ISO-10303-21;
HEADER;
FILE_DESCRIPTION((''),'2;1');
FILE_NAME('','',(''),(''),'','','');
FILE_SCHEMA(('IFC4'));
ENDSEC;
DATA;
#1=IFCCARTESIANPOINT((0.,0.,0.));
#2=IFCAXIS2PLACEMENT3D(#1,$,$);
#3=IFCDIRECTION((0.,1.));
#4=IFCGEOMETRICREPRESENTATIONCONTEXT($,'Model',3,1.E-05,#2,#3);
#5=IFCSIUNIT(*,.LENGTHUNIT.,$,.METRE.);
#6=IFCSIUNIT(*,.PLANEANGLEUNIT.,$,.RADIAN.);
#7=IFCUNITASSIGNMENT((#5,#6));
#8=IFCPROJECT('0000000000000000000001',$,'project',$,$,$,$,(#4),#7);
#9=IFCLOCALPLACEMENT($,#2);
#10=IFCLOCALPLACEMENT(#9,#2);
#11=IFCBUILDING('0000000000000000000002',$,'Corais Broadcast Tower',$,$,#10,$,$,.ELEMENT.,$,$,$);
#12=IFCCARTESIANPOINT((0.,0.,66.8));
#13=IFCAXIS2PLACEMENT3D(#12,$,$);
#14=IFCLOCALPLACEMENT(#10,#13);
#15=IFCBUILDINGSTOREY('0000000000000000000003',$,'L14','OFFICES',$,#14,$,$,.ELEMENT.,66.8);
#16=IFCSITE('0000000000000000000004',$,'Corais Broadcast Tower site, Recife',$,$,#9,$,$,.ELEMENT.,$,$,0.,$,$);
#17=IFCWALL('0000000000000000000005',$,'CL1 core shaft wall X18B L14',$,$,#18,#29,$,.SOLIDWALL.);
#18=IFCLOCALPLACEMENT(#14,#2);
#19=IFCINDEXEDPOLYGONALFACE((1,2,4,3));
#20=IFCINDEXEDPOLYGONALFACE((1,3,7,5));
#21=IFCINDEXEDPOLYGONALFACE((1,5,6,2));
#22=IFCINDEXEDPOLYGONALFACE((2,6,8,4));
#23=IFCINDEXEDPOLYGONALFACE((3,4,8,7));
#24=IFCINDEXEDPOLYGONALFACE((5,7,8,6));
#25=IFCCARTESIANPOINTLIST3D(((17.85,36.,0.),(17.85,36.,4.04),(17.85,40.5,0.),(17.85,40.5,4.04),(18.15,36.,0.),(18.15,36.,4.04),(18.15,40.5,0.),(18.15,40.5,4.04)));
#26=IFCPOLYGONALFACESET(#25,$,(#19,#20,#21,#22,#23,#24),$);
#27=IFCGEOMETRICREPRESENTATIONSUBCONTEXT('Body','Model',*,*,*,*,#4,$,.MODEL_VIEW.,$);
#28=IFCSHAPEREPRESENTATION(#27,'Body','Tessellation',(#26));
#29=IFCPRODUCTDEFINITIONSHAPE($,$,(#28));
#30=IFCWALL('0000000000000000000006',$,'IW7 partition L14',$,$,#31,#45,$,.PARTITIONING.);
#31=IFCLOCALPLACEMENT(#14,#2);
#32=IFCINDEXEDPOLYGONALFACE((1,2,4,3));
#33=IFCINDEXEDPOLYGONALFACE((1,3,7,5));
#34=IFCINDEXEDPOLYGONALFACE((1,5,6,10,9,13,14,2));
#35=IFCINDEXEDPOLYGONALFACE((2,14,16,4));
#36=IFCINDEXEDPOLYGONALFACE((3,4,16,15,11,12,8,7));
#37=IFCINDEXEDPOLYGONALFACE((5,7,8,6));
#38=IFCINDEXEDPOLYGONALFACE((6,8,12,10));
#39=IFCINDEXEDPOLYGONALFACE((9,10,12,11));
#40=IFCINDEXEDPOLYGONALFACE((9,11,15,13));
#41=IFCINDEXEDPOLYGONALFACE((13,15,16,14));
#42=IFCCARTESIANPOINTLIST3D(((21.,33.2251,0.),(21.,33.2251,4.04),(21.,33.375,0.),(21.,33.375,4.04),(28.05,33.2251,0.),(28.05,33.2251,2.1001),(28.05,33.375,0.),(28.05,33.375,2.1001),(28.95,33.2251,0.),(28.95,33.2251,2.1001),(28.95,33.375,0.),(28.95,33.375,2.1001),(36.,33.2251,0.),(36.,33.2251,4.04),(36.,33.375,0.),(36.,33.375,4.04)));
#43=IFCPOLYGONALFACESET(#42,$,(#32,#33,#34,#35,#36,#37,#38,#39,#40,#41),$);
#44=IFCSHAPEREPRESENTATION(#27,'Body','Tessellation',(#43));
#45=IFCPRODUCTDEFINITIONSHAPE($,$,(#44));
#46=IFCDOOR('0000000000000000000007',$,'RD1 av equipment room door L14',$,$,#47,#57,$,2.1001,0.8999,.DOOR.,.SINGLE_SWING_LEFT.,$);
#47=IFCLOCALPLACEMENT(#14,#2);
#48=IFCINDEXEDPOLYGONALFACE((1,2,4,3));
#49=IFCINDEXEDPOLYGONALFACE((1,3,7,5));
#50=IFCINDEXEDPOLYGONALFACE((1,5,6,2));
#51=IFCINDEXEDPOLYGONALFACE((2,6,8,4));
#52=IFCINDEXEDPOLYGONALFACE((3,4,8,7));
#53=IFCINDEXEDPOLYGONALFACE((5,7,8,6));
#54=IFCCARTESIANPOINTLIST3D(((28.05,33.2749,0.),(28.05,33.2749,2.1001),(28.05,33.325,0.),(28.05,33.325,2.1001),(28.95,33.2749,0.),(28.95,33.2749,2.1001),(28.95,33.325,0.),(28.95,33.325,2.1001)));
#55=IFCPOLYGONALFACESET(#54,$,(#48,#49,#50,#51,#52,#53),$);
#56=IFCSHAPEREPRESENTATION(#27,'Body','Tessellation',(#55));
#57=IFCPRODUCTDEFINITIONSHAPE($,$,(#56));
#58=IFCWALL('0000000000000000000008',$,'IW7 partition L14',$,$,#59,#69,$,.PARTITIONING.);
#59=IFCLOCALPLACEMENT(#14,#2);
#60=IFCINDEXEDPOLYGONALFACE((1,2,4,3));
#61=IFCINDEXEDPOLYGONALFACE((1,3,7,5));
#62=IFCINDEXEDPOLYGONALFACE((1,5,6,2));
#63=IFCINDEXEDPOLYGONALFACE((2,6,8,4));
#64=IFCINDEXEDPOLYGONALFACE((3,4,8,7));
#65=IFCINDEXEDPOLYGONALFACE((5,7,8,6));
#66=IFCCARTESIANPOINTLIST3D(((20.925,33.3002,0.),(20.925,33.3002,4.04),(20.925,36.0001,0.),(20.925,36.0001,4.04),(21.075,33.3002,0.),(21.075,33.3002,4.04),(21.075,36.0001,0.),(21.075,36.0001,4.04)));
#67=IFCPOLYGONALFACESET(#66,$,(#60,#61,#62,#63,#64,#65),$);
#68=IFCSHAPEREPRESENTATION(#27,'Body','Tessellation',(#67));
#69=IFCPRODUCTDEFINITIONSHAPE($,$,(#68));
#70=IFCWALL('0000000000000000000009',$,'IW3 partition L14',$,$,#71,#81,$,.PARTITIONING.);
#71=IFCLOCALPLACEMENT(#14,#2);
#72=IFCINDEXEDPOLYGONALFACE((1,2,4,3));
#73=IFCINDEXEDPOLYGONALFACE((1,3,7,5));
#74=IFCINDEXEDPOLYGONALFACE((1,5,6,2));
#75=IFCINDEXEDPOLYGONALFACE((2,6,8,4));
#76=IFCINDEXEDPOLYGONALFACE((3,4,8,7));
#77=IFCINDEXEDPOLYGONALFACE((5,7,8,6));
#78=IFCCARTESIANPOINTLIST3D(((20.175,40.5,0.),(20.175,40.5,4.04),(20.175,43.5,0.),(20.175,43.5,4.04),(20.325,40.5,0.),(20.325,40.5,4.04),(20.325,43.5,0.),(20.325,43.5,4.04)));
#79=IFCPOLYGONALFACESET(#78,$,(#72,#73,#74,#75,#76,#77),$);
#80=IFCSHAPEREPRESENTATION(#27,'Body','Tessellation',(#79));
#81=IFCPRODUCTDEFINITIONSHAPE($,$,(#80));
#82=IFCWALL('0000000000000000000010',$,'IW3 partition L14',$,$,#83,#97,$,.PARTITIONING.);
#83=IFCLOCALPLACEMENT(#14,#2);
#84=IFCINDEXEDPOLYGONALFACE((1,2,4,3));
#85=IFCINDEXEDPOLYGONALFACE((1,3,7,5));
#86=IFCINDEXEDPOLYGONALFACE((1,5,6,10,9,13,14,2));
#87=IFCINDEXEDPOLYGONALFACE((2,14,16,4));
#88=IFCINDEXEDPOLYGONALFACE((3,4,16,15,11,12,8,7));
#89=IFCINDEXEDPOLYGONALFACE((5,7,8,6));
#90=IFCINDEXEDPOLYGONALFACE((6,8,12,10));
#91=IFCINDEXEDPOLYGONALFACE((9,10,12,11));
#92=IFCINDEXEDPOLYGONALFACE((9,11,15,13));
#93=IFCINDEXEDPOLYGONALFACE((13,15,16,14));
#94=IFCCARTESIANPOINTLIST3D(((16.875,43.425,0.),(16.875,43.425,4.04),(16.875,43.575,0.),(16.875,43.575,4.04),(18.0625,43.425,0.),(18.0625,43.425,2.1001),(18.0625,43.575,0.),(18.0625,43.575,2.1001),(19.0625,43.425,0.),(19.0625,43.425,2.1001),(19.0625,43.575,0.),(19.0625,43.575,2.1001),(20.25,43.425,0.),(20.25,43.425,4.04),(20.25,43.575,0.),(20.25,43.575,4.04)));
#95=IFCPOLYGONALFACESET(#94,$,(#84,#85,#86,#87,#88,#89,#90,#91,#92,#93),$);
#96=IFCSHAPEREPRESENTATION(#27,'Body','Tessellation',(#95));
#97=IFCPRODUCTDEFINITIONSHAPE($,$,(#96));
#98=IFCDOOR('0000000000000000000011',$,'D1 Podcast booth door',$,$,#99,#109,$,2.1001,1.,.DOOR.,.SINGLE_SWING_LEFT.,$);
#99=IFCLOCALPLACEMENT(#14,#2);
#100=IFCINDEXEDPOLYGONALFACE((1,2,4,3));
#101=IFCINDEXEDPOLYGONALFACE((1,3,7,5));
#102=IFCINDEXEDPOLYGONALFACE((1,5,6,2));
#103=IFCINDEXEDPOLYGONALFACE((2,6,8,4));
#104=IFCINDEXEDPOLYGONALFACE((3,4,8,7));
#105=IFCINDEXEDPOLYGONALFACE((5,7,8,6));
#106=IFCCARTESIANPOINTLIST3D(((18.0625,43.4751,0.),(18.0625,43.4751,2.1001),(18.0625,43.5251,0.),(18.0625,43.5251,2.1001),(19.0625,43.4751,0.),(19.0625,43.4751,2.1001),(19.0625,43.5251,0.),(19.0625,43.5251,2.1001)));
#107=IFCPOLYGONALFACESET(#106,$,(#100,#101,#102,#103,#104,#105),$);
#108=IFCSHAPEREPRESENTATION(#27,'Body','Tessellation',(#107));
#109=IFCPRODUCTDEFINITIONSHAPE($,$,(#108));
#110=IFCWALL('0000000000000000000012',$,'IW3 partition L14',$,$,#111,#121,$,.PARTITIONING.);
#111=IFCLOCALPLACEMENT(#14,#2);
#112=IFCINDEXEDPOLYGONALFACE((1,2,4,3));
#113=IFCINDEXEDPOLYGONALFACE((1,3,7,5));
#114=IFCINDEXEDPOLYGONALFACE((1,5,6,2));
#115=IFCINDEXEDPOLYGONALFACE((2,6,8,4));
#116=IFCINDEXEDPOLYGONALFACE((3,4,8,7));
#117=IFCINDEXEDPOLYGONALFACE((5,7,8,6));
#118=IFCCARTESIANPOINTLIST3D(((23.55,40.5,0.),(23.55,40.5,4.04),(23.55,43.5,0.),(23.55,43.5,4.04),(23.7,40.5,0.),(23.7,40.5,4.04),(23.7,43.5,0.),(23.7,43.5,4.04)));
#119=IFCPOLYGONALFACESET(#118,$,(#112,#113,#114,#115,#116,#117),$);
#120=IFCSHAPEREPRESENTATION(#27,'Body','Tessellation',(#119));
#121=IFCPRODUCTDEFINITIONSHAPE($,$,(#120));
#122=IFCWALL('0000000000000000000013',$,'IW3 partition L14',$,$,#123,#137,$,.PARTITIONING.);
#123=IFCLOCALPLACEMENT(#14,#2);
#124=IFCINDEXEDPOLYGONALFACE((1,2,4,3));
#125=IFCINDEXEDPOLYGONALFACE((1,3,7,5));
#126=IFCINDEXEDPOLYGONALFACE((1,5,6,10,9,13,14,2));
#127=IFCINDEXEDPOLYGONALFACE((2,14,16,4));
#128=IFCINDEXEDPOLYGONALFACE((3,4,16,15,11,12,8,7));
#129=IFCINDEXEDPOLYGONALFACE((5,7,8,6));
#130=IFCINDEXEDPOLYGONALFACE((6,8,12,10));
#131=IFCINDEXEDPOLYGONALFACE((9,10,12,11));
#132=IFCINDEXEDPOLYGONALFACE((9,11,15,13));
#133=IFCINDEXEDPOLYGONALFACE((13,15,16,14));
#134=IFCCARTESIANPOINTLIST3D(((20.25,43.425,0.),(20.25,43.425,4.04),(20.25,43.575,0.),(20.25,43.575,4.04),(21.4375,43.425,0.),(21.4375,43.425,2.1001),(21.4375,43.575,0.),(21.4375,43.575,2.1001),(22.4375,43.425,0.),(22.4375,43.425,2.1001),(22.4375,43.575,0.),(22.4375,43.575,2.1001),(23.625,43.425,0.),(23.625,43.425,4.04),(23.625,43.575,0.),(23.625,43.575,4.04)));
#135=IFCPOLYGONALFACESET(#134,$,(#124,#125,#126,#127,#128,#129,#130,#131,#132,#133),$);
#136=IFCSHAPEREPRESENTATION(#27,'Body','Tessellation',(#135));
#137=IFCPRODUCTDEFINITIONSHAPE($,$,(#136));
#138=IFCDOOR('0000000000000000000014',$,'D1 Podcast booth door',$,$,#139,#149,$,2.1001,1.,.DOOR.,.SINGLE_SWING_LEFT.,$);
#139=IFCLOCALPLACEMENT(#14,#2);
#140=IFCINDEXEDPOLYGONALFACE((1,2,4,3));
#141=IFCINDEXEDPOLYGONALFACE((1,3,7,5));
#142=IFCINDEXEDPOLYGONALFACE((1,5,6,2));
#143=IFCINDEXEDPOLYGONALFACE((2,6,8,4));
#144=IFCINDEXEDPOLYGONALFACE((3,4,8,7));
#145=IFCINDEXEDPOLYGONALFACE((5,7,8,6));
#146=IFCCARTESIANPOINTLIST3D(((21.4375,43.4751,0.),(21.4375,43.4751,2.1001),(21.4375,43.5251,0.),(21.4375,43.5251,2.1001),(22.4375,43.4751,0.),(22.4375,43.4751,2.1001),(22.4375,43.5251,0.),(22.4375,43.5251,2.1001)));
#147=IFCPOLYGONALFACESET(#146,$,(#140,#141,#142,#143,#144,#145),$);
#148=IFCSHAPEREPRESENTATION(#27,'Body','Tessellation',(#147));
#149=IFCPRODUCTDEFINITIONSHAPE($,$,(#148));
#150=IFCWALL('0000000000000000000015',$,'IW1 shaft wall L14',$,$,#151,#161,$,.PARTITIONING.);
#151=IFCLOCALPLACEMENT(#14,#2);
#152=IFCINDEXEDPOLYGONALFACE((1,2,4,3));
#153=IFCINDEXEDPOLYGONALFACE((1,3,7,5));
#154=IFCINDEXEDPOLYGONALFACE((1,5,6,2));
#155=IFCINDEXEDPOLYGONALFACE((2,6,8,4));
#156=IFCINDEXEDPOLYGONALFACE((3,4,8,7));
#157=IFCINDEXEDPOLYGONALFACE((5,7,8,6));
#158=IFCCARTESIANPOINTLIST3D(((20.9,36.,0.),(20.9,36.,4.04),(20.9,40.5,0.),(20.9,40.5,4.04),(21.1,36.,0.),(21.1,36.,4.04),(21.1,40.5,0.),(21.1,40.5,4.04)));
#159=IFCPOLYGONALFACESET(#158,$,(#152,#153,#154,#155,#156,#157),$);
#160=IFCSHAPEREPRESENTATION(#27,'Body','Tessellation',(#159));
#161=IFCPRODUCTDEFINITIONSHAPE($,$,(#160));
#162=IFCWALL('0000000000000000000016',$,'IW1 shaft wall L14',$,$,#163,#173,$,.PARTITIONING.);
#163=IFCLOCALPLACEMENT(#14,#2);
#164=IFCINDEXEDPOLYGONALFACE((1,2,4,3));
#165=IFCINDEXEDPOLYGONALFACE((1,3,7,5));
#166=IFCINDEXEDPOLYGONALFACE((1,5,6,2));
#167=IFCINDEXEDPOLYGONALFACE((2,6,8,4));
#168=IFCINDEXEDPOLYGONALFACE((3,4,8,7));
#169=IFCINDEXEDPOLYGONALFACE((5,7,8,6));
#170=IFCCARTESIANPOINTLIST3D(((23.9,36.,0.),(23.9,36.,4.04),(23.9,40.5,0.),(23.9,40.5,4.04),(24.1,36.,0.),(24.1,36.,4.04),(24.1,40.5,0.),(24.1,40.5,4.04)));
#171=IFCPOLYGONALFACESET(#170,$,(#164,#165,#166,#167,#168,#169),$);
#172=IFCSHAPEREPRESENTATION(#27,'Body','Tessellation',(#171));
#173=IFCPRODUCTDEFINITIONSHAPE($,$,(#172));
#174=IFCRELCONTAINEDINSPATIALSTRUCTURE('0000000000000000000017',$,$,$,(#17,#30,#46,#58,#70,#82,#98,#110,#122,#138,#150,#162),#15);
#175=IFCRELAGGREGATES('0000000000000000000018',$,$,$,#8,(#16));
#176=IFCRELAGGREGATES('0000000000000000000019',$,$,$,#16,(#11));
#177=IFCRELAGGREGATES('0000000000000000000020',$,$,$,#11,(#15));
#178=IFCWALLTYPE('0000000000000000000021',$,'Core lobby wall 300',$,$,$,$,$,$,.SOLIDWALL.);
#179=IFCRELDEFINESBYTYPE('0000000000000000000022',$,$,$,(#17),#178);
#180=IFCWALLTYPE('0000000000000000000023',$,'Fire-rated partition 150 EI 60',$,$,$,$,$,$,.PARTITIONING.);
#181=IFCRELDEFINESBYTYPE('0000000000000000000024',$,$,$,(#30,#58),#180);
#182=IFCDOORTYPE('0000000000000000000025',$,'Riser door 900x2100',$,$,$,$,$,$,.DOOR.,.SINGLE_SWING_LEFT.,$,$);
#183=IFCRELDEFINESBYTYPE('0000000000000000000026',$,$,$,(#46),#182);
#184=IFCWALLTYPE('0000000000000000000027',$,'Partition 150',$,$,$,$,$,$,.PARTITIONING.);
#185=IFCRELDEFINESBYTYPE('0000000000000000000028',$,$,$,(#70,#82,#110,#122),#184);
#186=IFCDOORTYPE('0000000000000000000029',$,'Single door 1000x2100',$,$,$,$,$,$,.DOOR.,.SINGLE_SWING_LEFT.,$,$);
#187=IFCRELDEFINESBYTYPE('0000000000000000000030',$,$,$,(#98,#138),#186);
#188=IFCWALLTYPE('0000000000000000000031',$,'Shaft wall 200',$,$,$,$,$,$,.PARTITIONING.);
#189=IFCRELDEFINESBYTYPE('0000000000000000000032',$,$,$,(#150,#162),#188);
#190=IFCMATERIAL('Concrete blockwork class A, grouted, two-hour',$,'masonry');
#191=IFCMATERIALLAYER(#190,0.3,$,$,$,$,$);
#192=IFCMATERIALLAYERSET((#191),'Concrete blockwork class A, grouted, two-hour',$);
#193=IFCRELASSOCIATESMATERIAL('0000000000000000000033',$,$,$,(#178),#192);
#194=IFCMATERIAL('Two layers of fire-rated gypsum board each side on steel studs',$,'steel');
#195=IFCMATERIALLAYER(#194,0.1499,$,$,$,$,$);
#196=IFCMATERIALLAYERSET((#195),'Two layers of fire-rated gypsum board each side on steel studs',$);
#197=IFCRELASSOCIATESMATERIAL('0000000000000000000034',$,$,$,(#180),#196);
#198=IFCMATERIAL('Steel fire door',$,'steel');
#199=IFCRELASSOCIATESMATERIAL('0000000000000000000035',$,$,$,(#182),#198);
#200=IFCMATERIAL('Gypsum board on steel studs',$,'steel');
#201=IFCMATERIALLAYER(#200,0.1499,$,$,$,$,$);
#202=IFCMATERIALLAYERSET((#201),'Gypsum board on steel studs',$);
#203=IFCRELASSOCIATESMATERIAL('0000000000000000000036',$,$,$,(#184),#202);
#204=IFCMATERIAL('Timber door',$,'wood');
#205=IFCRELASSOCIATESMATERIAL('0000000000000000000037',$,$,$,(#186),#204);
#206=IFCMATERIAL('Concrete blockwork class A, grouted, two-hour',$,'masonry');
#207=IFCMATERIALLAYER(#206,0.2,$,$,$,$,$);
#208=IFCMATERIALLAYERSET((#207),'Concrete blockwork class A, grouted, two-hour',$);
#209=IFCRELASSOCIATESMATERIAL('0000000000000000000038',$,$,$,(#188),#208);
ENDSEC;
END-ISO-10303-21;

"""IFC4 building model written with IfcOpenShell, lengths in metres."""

from ifc_helpers import new_model, si_unit, direction, frame, frame_2d, origin, place, context, subcontext, project, spatial, rectangle, extrude, material, layer, layer_set, type_object, element, fill, save


model = new_model("IFC4")

# Units and contexts
model_context = context("Model", 3, precision=1e-05, world=origin(), true_north=direction((0.0, 1.0)))
body_context = subcontext(model_context, "Body", "Model", "MODEL_VIEW")
ifc_project = project(units=[si_unit("LENGTHUNIT", "METRE"), si_unit("PLANEANGLEUNIT", "RADIAN")], contexts=[model_context])

# Site, building, storey
site_placement = place(None, origin())
site = spatial("IfcSite", under=ifc_project, at=site_placement, Name="Corais Broadcast Tower site, Recife", CompositionType="ELEMENT", RefElevation=0.0)
building_placement = place(site_placement, origin())
building = spatial("IfcBuilding", under=site, at=building_placement, Name="Corais Broadcast Tower", CompositionType="ELEMENT")
storey_placement = place(building_placement, frame((0.0, 0.0, 66.8)))
storey = spatial("IfcBuildingStorey", under=building, at=storey_placement, Name="L14", Description="OFFICES", CompositionType="ELEMENT", Elevation=66.8)

# Wall
ifc_material_1 = material(Name="Concrete blockwork class A, grouted, two-hour", Category="masonry")
ifc_layer_1 = layer(ifc_material_1, 0.3)
ifc_layer_set_1 = layer_set([ifc_layer_1], Name="Concrete blockwork class A, grouted, two-hour")
wall_type_1 = type_object("IfcWallType", Name="Core lobby wall 300", PredefinedType="SOLIDWALL", material=ifc_layer_set_1)
wall_1_placement = place(storey_placement, frame((18.0, 36.0, 0.0), z_axis=(0.0, 0.0, 1.0), x_axis=(0.0, 1.0, 0.0)))
element("IfcWall", 1, at=wall_1_placement, inside=storey, type_object=wall_type_1, Name="CL1 core shaft wall X18B L14", PredefinedType="SOLIDWALL", context=body_context, shape_type="SweptSolid", body=[
    extrude(rectangle(XDim=4.5, YDim=0.3, at=frame_2d((2.25, 0.0))), origin(), (0.0, 0.0, 1.0), 4.04),
])

# Wall, opening, door
ifc_material_2 = material(Name="Two layers of fire-rated gypsum board each side on steel studs", Category="steel")
ifc_layer_2 = layer(ifc_material_2, 0.1499)
ifc_layer_set_2 = layer_set([ifc_layer_2], Name="Two layers of fire-rated gypsum board each side on steel studs")
wall_type_2 = type_object("IfcWallType", Name="Fire-rated partition 150 EI 60", PredefinedType="PARTITIONING", material=ifc_layer_set_2)
wall_2_placement = place(storey_placement, frame((21.0, 33.3, 0.0), z_axis=(0.0, 0.0, 1.0), x_axis=(1.0, 0.0, 0.0)))
wall_2 = element("IfcWall", 2, at=wall_2_placement, inside=storey, type_object=wall_type_2, Name="IW7 partition L14", PredefinedType="PARTITIONING", context=body_context, shape_type="SweptSolid", body=[
    extrude(rectangle(XDim=15.0, YDim=0.1499, at=frame_2d((7.5, 0.0))), origin(), (0.0, 0.0, 1.0), 4.04),
])
opening_1_placement = place(wall_2_placement, frame((7.05, 0.0, 0.0)))
opening_1 = element("IfcOpeningElement", 3, at=opening_1_placement, cuts=wall_2, PredefinedType="OPENING", context=body_context, shape_type="SweptSolid", body=[
    extrude(rectangle(XDim=0.8999, YDim=2.1001, at=frame_2d((0.45, 1.05))), frame((0.0, 0.085, 0.0), z_axis=(0.0, -1.0, 0.0), x_axis=(1.0, 0.0, 0.0)), (0.0, 0.0, 1.0), 0.1699),
])
ifc_material_3 = material(Name="Steel fire door", Category="steel")
door_type_1 = type_object("IfcDoorType", Name="Riser door 900x2100", OperationType="SINGLE_SWING_LEFT", PredefinedType="DOOR", material=ifc_material_3)
door_1_placement = place(opening_1_placement, origin())
door_1 = element("IfcDoor", 4, at=door_1_placement, inside=storey, type_object=door_type_1, Name="RD1 av equipment room door L14", OperationType="SINGLE_SWING_LEFT", OverallHeight=2.1001, OverallWidth=0.8999, PredefinedType="DOOR", context=body_context, shape_type="SweptSolid", body=[
    extrude(rectangle(XDim=0.8999, YDim=2.1001, at=frame_2d((0.45, 1.05))), frame((0.0, 0.0249, 0.0), z_axis=(0.0, -1.0, 0.0), x_axis=(1.0, 0.0, 0.0)), (0.0, 0.0, 1.0), 0.05),
])
fill(opening_1, door_1)

# Walls
wall_3_placement = place(storey_placement, frame((21.0, 33.3, 0.0), z_axis=(0.0, 0.0, 1.0), x_axis=(0.0, 1.0, 0.0)))
element("IfcWall", 5, at=wall_3_placement, inside=storey, type_object=wall_type_2, Name="IW7 partition L14", PredefinedType="PARTITIONING", context=body_context, shape_type="SweptSolid", body=[
    extrude(rectangle(XDim=2.7, YDim=0.1499, at=frame_2d((1.3501, 0.0))), origin(), (0.0, 0.0, 1.0), 4.04),
])
ifc_material_4 = material(Name="Gypsum board on steel studs", Category="steel")
ifc_layer_3 = layer(ifc_material_4, 0.1499)
ifc_layer_set_3 = layer_set([ifc_layer_3], Name="Gypsum board on steel studs")
wall_type_3 = type_object("IfcWallType", Name="Partition 150", PredefinedType="PARTITIONING", material=ifc_layer_set_3)
wall_4_placement = place(storey_placement, frame((20.25, 40.5, 0.0), z_axis=(0.0, 0.0, 1.0), x_axis=(0.0, 1.0, 0.0)))
element("IfcWall", 6, at=wall_4_placement, inside=storey, type_object=wall_type_3, Name="IW3 partition L14", PredefinedType="PARTITIONING", context=body_context, shape_type="SweptSolid", body=[
    extrude(rectangle(XDim=3.0, YDim=0.1499, at=frame_2d((1.5, 0.0))), origin(), (0.0, 0.0, 1.0), 4.04),
])

# Wall, opening, door
wall_5_placement = place(storey_placement, frame((20.25, 43.5, 0.0), z_axis=(0.0, 0.0, 1.0), x_axis=(-1.0, 0.0, 0.0)))
wall_5 = element("IfcWall", 7, at=wall_5_placement, inside=storey, type_object=wall_type_3, Name="IW3 partition L14", PredefinedType="PARTITIONING", context=body_context, shape_type="SweptSolid", body=[
    extrude(rectangle(XDim=3.375, YDim=0.1499, at=frame_2d((1.6875, 0.0))), origin(), (0.0, 0.0, 1.0), 4.04),
])
opening_2_placement = place(wall_5_placement, frame((1.1875, 0.0, 0.0)))
opening_2 = element("IfcOpeningElement", 8, at=opening_2_placement, cuts=wall_5, PredefinedType="OPENING", context=body_context, shape_type="SweptSolid", body=[
    extrude(rectangle(XDim=1.0, YDim=2.1001, at=frame_2d((0.5, 1.05))), frame((0.0, 0.085, 0.0), z_axis=(0.0, -1.0, 0.0), x_axis=(1.0, 0.0, 0.0)), (0.0, 0.0, 1.0), 0.1699),
])
ifc_material_5 = material(Name="Timber door", Category="wood")
door_type_2 = type_object("IfcDoorType", Name="Single door 1000x2100", OperationType="SINGLE_SWING_LEFT", PredefinedType="DOOR", material=ifc_material_5)
door_2_placement = place(opening_2_placement, origin())
door_2 = element("IfcDoor", 9, at=door_2_placement, inside=storey, type_object=door_type_2, Name="D1 Podcast booth door", OperationType="SINGLE_SWING_LEFT", OverallHeight=2.1001, OverallWidth=1.0, PredefinedType="DOOR", context=body_context, shape_type="SweptSolid", body=[
    extrude(rectangle(XDim=1.0, YDim=2.1001, at=frame_2d((0.5, 1.05))), frame((0.0, 0.0249, 0.0), z_axis=(0.0, -1.0, 0.0), x_axis=(1.0, 0.0, 0.0)), (0.0, 0.0, 1.0), 0.05),
])
fill(opening_2, door_2)

# Wall
wall_6_placement = place(storey_placement, frame((23.625, 40.5, 0.0), z_axis=(0.0, 0.0, 1.0), x_axis=(0.0, 1.0, 0.0)))
element("IfcWall", 10, at=wall_6_placement, inside=storey, type_object=wall_type_3, Name="IW3 partition L14", PredefinedType="PARTITIONING", context=body_context, shape_type="SweptSolid", body=[
    extrude(rectangle(XDim=3.0, YDim=0.1499, at=frame_2d((1.5, 0.0))), origin(), (0.0, 0.0, 1.0), 4.04),
])

# Wall, opening, door
wall_7_placement = place(storey_placement, frame((23.625, 43.5, 0.0), z_axis=(0.0, 0.0, 1.0), x_axis=(-1.0, 0.0, 0.0)))
wall_7 = element("IfcWall", 11, at=wall_7_placement, inside=storey, type_object=wall_type_3, Name="IW3 partition L14", PredefinedType="PARTITIONING", context=body_context, shape_type="SweptSolid", body=[
    extrude(rectangle(XDim=3.375, YDim=0.1499, at=frame_2d((1.6875, 0.0))), origin(), (0.0, 0.0, 1.0), 4.04),
])
opening_3_placement = place(wall_7_placement, frame((1.1875, 0.0, 0.0)))
opening_3 = element("IfcOpeningElement", 12, at=opening_3_placement, cuts=wall_7, PredefinedType="OPENING", context=body_context, shape_type="SweptSolid", body=[
    extrude(rectangle(XDim=1.0, YDim=2.1001, at=frame_2d((0.5, 1.05))), frame((0.0, 0.085, 0.0), z_axis=(0.0, -1.0, 0.0), x_axis=(1.0, 0.0, 0.0)), (0.0, 0.0, 1.0), 0.1699),
])
door_3_placement = place(opening_3_placement, origin())
door_3 = element("IfcDoor", 13, at=door_3_placement, inside=storey, type_object=door_type_2, Name="D1 Podcast booth door", OperationType="SINGLE_SWING_LEFT", OverallHeight=2.1001, OverallWidth=1.0, PredefinedType="DOOR", context=body_context, shape_type="SweptSolid", body=[
    extrude(rectangle(XDim=1.0, YDim=2.1001, at=frame_2d((0.5, 1.05))), frame((0.0, 0.0249, 0.0), z_axis=(0.0, -1.0, 0.0), x_axis=(1.0, 0.0, 0.0)), (0.0, 0.0, 1.0), 0.05),
])
fill(opening_3, door_3)

# Walls
ifc_material_6 = material(Name="Concrete blockwork class A, grouted, two-hour", Category="masonry")
ifc_layer_4 = layer(ifc_material_6, 0.2)
ifc_layer_set_4 = layer_set([ifc_layer_4], Name="Concrete blockwork class A, grouted, two-hour")
wall_type_4 = type_object("IfcWallType", Name="Shaft wall 200", PredefinedType="PARTITIONING", material=ifc_layer_set_4)
for number, where, z_axis, x_axis, name in (
    (14, (21.0, 36.0, 0.0), (0.0, 0.0, 1.0), (0.0, 1.0, 0.0), "IW1 shaft wall L14"),
    (15, (24.0, 36.0, 0.0), (0.0, 0.0, 1.0), (0.0, 1.0, 0.0), "IW1 shaft wall L14"),
):
    element("IfcWall", number, at=place(storey_placement, frame(where, z_axis=z_axis, x_axis=x_axis)), inside=storey, type_object=wall_type_4, Name=name, PredefinedType="PARTITIONING", context=body_context, shape_type="SweptSolid", body=[
        extrude(rectangle(XDim=4.5, YDim=0.2, at=frame_2d((2.25, 0.0))), origin(), (0.0, 0.0, 1.0), 4.04),
    ])

save(model, "model.ifc")
